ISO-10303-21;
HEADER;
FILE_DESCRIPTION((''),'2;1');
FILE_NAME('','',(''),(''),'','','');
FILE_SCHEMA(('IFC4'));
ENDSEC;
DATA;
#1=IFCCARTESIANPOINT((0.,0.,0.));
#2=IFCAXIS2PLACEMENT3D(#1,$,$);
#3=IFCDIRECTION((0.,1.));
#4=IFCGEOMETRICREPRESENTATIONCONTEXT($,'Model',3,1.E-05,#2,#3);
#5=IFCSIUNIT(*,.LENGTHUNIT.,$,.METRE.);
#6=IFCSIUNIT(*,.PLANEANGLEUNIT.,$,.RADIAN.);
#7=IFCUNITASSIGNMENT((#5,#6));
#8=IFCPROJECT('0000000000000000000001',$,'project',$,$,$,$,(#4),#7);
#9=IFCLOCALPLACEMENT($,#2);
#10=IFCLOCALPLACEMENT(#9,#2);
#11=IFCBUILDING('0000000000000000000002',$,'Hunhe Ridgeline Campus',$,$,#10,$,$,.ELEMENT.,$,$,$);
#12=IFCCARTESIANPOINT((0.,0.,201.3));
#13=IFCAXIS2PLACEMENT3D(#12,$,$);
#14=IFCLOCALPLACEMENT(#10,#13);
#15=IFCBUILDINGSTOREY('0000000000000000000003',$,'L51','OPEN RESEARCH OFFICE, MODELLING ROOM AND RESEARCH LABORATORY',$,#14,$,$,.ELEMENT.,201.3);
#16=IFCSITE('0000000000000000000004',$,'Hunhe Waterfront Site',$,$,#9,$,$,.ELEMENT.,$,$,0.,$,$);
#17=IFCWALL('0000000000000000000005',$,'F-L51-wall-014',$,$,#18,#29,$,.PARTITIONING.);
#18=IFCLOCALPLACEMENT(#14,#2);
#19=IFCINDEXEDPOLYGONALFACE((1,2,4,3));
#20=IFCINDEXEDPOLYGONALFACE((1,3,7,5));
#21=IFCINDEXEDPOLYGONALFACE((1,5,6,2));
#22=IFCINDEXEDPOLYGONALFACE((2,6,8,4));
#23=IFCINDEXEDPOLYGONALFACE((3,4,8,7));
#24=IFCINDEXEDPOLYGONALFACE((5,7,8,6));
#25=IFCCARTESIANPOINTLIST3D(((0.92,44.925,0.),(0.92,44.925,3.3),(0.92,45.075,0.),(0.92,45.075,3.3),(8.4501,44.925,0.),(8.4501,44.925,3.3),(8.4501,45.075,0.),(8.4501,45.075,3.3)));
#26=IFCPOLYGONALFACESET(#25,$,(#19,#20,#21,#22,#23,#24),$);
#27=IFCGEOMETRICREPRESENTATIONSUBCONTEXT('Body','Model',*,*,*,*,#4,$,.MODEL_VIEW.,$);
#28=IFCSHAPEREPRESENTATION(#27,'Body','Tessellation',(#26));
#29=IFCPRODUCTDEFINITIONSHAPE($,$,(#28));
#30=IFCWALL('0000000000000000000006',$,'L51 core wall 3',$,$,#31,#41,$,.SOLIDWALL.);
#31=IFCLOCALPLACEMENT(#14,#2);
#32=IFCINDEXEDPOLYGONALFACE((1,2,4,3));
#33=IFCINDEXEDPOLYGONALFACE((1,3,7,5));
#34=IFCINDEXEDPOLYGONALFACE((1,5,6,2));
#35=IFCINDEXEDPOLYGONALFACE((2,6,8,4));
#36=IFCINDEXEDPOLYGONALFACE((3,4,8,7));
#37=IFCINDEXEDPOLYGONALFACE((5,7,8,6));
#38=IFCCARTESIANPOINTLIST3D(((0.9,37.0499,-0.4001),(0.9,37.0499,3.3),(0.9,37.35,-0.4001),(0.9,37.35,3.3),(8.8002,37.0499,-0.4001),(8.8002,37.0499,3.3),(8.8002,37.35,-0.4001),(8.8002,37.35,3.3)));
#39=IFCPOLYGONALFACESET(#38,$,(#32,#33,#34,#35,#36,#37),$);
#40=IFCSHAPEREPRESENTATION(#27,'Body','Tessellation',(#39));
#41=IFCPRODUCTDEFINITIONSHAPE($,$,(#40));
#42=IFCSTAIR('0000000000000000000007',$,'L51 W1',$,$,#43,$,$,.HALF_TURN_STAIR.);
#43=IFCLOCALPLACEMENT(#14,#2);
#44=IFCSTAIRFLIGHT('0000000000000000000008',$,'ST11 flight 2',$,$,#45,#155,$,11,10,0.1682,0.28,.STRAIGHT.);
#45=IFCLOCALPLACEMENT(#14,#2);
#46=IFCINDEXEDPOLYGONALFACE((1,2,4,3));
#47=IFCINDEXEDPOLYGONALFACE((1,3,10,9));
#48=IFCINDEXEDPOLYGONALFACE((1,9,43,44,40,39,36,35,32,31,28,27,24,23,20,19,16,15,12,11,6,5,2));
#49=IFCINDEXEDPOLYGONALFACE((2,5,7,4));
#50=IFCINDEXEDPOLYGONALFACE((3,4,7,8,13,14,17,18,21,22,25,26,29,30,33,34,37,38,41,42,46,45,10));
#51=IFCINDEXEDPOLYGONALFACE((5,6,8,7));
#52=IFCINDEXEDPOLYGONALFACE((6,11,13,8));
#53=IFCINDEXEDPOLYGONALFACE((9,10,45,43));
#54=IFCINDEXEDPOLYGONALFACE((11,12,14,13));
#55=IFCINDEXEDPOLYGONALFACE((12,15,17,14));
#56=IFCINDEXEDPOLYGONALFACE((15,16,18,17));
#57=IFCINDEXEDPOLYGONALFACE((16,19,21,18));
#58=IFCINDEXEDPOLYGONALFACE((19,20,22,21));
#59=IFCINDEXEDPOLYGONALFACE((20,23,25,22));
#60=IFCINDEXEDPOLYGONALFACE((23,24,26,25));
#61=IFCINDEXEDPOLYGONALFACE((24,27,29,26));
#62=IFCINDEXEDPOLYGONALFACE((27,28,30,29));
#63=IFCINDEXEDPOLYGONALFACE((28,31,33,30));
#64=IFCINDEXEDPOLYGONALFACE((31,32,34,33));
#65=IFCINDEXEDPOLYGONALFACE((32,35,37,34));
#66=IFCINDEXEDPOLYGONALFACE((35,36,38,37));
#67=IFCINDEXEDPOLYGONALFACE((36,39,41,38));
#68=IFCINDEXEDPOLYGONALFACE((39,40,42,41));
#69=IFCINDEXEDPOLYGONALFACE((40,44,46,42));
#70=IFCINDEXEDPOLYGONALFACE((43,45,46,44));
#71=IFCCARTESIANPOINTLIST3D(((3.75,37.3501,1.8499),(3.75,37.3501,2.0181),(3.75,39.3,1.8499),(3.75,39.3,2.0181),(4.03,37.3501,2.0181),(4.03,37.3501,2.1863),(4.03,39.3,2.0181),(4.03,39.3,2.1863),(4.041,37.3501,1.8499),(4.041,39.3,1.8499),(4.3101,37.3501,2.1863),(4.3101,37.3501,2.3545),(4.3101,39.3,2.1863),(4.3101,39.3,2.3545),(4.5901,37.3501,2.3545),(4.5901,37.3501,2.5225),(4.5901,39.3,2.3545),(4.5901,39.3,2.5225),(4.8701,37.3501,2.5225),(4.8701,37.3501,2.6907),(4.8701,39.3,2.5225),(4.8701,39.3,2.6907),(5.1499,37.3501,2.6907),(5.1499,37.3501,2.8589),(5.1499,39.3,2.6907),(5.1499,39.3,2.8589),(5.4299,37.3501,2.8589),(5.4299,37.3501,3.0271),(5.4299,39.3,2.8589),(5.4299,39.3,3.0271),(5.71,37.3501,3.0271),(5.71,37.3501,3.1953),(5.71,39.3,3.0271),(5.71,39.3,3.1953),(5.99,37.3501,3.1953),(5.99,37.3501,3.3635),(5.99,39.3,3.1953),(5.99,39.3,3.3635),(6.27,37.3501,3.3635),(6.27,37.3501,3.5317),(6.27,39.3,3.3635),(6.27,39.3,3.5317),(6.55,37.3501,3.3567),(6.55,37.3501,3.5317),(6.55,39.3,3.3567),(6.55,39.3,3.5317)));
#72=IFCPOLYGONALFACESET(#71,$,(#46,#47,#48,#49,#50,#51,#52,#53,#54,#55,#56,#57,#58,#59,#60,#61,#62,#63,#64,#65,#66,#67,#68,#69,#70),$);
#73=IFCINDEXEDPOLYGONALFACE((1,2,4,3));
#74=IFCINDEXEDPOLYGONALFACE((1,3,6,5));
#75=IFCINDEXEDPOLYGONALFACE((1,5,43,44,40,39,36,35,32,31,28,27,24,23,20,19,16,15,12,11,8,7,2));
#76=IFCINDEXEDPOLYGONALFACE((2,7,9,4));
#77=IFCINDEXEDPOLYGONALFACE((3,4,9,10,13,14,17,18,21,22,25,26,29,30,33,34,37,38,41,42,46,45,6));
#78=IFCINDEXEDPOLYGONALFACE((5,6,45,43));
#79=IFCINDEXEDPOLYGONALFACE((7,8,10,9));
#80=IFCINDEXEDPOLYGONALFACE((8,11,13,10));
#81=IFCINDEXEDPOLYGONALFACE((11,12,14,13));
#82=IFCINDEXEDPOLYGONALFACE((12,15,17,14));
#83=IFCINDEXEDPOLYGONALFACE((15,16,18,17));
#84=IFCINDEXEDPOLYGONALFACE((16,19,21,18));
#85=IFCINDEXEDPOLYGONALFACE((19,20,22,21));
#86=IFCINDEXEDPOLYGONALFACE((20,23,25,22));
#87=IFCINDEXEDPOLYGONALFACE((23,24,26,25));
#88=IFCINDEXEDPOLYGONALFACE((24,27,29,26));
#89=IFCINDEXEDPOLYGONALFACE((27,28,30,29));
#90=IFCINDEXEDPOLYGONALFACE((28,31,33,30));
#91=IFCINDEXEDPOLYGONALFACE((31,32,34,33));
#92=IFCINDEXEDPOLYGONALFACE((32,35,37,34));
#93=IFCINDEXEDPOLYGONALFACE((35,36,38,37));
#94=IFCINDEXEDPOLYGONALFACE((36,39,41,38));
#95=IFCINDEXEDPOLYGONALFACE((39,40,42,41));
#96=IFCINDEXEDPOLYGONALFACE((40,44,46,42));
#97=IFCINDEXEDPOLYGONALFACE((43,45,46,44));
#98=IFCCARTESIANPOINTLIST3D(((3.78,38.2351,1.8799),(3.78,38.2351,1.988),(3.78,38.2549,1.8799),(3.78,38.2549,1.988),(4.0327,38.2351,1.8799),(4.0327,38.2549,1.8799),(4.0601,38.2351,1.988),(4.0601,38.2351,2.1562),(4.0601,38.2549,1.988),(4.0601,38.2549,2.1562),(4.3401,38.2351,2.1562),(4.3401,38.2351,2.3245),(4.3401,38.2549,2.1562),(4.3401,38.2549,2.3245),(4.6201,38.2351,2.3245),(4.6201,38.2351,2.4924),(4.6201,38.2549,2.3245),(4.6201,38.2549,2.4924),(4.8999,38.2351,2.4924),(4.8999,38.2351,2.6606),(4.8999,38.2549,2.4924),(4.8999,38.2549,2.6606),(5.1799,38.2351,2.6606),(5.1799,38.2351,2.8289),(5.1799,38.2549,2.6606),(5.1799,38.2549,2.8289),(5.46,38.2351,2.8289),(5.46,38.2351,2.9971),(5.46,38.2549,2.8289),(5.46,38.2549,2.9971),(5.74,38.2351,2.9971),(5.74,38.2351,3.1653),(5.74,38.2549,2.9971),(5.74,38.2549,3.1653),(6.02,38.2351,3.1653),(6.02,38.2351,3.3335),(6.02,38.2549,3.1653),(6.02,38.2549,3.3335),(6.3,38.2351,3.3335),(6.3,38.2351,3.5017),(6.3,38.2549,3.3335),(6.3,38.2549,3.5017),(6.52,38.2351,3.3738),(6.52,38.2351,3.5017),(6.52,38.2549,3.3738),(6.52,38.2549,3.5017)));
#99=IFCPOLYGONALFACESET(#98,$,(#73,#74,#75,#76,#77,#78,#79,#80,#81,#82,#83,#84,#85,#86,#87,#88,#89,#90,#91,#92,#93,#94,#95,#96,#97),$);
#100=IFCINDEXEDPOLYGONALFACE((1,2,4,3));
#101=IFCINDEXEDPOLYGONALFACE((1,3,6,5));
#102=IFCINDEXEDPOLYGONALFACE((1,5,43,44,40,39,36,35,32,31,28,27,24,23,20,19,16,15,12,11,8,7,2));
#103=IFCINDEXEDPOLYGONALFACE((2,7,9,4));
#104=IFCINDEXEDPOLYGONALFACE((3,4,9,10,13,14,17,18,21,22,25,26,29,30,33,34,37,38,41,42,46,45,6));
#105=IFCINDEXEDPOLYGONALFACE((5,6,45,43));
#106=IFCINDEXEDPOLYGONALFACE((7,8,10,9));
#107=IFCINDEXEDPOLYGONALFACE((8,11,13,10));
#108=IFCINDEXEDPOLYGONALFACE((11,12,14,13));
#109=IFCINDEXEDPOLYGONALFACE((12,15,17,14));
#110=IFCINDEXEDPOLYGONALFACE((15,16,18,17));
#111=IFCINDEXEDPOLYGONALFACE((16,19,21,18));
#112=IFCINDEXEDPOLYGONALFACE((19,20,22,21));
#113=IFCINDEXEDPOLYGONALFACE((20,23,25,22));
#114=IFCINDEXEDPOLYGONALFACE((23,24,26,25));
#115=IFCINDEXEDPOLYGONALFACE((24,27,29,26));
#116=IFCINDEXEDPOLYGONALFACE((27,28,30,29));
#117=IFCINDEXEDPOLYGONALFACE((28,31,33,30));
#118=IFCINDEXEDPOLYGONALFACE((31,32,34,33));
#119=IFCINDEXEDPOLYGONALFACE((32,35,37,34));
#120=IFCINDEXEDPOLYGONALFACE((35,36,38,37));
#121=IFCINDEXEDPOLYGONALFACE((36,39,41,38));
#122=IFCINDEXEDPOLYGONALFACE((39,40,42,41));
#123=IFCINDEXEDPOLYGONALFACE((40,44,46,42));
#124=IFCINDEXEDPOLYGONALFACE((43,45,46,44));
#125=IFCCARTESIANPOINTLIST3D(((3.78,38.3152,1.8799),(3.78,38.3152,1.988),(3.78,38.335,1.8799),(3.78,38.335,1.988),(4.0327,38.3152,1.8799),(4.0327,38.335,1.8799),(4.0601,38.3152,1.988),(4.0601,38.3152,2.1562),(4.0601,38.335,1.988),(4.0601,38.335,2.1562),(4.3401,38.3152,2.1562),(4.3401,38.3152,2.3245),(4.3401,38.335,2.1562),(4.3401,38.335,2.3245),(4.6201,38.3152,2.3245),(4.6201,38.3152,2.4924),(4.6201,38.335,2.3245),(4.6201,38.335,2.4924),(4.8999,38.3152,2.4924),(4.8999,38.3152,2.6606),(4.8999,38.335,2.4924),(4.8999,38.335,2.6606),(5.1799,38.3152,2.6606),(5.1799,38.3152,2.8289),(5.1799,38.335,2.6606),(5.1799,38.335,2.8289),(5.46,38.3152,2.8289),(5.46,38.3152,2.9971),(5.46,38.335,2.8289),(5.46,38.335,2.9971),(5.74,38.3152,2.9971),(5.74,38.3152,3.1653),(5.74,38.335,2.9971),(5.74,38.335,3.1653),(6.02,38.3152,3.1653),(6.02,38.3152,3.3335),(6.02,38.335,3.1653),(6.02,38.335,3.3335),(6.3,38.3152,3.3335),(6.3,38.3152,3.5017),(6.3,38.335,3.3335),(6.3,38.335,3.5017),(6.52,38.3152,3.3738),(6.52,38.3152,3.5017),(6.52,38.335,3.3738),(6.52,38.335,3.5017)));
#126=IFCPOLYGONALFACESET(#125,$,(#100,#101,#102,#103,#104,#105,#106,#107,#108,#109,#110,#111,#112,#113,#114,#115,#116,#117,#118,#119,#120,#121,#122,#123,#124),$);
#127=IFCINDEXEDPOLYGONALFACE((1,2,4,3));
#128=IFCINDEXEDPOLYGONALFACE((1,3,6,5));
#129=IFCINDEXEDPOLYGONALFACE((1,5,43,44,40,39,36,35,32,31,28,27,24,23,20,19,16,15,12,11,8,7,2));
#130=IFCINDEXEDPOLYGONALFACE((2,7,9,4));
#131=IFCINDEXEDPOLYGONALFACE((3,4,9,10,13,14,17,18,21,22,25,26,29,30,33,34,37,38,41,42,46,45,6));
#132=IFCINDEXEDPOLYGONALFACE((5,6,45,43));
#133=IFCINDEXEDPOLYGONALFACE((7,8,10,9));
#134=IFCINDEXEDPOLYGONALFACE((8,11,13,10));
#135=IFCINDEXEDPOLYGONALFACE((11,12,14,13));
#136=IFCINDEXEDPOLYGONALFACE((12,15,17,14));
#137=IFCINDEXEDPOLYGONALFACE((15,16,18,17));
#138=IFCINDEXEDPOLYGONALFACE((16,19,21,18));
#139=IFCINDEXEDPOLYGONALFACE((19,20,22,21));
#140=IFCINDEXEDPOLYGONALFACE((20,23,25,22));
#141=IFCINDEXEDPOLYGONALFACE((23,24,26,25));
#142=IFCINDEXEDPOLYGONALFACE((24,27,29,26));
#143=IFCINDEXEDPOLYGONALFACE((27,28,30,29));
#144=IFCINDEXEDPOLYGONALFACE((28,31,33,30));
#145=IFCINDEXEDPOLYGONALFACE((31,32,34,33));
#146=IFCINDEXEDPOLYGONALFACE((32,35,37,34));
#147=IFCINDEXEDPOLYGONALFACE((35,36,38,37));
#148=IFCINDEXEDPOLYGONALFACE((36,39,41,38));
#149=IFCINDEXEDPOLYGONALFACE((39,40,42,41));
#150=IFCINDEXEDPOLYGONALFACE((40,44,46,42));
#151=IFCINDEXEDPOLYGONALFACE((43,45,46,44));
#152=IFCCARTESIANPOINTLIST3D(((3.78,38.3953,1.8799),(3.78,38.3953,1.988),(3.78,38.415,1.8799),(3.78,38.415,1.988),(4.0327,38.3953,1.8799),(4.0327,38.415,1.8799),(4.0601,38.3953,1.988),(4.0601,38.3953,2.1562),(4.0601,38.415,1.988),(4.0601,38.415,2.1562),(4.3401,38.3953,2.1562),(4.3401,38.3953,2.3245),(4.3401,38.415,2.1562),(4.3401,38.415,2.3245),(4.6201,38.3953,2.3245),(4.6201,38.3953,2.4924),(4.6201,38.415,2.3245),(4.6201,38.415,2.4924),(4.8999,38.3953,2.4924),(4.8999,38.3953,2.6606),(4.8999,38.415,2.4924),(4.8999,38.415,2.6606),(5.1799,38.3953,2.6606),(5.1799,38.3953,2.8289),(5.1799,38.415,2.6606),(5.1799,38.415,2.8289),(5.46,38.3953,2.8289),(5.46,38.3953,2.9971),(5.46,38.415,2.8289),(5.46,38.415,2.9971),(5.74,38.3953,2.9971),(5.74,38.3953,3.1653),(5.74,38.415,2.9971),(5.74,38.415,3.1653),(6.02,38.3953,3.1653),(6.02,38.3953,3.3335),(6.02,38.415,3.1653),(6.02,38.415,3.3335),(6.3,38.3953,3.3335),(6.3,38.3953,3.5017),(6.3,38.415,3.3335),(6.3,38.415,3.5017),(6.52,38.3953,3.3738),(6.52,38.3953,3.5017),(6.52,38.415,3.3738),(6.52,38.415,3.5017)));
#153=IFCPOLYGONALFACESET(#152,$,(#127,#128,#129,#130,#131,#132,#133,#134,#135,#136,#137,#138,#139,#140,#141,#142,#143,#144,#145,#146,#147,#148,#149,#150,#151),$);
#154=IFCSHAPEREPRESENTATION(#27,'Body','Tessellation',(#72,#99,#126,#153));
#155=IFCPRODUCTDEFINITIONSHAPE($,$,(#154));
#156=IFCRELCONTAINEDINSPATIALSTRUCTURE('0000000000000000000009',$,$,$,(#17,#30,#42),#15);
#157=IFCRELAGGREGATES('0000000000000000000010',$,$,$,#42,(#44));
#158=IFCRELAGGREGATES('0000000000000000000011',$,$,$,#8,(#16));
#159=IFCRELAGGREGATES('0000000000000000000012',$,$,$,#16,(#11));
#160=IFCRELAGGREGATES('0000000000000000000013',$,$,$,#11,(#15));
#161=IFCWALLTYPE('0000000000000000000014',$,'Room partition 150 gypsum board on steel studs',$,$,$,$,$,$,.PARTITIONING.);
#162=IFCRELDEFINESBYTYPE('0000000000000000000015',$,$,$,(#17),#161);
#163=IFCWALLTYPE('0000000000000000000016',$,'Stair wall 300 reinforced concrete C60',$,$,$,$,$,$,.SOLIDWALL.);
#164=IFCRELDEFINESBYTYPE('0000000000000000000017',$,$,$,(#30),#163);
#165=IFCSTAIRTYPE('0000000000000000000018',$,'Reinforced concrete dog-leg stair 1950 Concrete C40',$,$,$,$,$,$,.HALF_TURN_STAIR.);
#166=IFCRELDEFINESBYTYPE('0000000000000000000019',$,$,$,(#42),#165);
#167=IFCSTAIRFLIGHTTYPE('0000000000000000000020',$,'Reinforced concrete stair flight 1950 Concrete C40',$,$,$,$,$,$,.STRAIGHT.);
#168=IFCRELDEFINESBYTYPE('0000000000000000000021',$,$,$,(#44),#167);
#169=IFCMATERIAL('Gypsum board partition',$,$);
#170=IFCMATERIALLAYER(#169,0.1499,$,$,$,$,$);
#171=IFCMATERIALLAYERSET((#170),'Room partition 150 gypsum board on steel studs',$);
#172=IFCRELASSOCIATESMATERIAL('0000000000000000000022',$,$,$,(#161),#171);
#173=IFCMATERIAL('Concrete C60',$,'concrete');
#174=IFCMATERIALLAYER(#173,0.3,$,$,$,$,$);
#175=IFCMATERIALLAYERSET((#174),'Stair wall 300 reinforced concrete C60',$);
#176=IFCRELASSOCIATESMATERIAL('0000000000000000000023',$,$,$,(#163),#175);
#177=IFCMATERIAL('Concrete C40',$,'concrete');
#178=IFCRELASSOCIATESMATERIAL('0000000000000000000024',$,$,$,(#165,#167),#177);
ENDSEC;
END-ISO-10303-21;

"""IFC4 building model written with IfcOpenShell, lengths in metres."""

from ifc_helpers import new_model, si_unit, direction, frame, frame_2d, origin, place, context, subcontext, project, spatial, polyline, rectangle, outline, extrude, material, layer, layer_set, type_object, element, aggregate, save


model = new_model("IFC4")

# Units and contexts
model_context = context("Model", 3, precision=1e-05, world=origin(), true_north=direction((0.0, 1.0)))
body_context = subcontext(model_context, "Body", "Model", "MODEL_VIEW")
ifc_project = project(units=[si_unit("LENGTHUNIT", "METRE"), si_unit("PLANEANGLEUNIT", "RADIAN")], contexts=[model_context])

# Site, building, storey
site_placement = place(None, origin())
site = spatial("IfcSite", under=ifc_project, at=site_placement, Name="Hunhe Waterfront Site", CompositionType="ELEMENT", RefElevation=0.0)
building_placement = place(site_placement, origin())
building = spatial("IfcBuilding", under=site, at=building_placement, Name="Hunhe Ridgeline Campus", CompositionType="ELEMENT")
storey_placement = place(building_placement, frame((0.0, 0.0, 201.3)))
storey = spatial("IfcBuildingStorey", under=building, at=storey_placement, Name="L51", Description="OPEN RESEARCH OFFICE, MODELLING ROOM AND RESEARCH LABORATORY", CompositionType="ELEMENT", Elevation=201.3)

# Shared definitions
ifc_material_1 = material(Name="Concrete C60", Category="concrete")

# Walls
ifc_material_2 = material(Name="Gypsum board partition")
ifc_layer_1 = layer(ifc_material_2, 0.1499)
ifc_layer_set_1 = layer_set([ifc_layer_1], Name="Room partition 150 gypsum board on steel studs")
wall_type_1 = type_object("IfcWallType", Name="Room partition 150 gypsum board on steel studs", PredefinedType="PARTITIONING", material=ifc_layer_set_1)
wall_1_placement = place(storey_placement, frame((0.9199, 45.0, 0.0), z_axis=(0.0, 0.0, 1.0), x_axis=(1.0, 0.0, 0.0)))
element("IfcWall", 1, at=wall_1_placement, inside=storey, type_object=wall_type_1, Name="F-L51-wall-014", PredefinedType="PARTITIONING", context=body_context, shape_type="SweptSolid", body=[
    extrude(rectangle(XDim=7.53, YDim=0.1499, at=frame_2d((3.7651, 0.0))), origin(), (0.0, 0.0, 1.0), 3.3),
])
ifc_layer_2 = layer(ifc_material_1, 0.3)
ifc_layer_set_2 = layer_set([ifc_layer_2], Name="Stair wall 300 reinforced concrete C60")
wall_type_2 = type_object("IfcWallType", Name="Stair wall 300 reinforced concrete C60", PredefinedType="SOLIDWALL", material=ifc_layer_set_2)
wall_2_placement = place(storey_placement, frame((0.8999, 37.2, -0.4001), z_axis=(0.0, 0.0, 1.0), x_axis=(1.0, 0.0, 0.0)))
element("IfcWall", 2, at=wall_2_placement, inside=storey, type_object=wall_type_2, Name="L51 core wall 3", PredefinedType="SOLIDWALL", context=body_context, shape_type="SweptSolid", body=[
    extrude(rectangle(XDim=7.9001, YDim=0.3, at=frame_2d((3.9502, 0.0))), origin(), (0.0, 0.0, 1.0), 3.7002),
])

# Stair, stair flight
ifc_material_3 = material(Name="Concrete C40", Category="concrete")
stair_type = type_object("IfcStairType", Name="Reinforced concrete dog-leg stair 1950 Concrete C40", PredefinedType="HALF_TURN_STAIR", material=ifc_material_3)
stair_placement = place(storey_placement, origin())
stair = element("IfcStair", 3, at=stair_placement, inside=storey, type_object=stair_type, Name="L51 W1", PredefinedType="HALF_TURN_STAIR")
stair_flight_type = type_object("IfcStairFlightType", Name="Reinforced concrete stair flight 1950 Concrete C40", PredefinedType="STRAIGHT", material=ifc_material_3)
stair_flight_placement = place(storey_placement, frame((3.75, 38.325, 1.8499), z_axis=(0.0, 0.0, 1.0), x_axis=(1.0, 0.0, 0.0)))
stair_flight = element("IfcStairFlight", 4, at=stair_flight_placement, type_object=stair_flight_type, Name="ST11 flight 2", NumberOfRisers=11, NumberOfTreads=10, PredefinedType="STRAIGHT", RiserHeight=0.1682, TreadLength=0.28, context=body_context, shape_type="SweptSolid", body=[
    extrude(outline(polyline([(0.0, 0.0), (0.0, 0.1682), (0.28, 0.1682), (0.28, 0.3364), (0.5601, 0.3364), (0.5601, 0.5046), (0.8401, 0.5046), (0.8401, 0.6726), (1.1201, 0.6726), (1.1201, 0.8408), (1.3999, 0.8408), (1.3999, 1.009), (1.6799, 1.009), (1.6799, 1.1772), (1.96, 1.1772), (1.96, 1.3455), (2.24, 1.3455), (2.24, 1.5137), (2.52, 1.5137), (2.52, 1.6819), (2.8, 1.6819), (2.8, 1.8501), (2.8, 1.5068), (0.291, 0.0), (0.0, 0.0)])), frame((0.0, 0.9751, 0.0), z_axis=(0.0, -1.0, 0.0), x_axis=(1.0, 0.0, 0.0)), (0.0, 0.0, 1.0), 1.95),
    extrude(outline(polyline([(0.03, 0.03), (0.03, 0.1382), (0.3101, 0.1382), (0.3101, 0.3064), (0.5901, 0.3064), (0.5901, 0.4746), (0.8701, 0.4746), (0.8701, 0.6426), (1.1499, 0.6426), (1.1499, 0.8108), (1.4299, 0.8108), (1.4299, 0.979), (1.71, 0.979), (1.71, 1.1472), (1.99, 1.1472), (1.99, 1.3154), (2.27, 1.3154), (2.27, 1.4836), (2.55, 1.4836), (2.55, 1.6519), (2.77, 1.6519), (2.77, 1.5239), (0.2827, 0.03), (0.03, 0.03)])), frame((0.0, -0.0701, 0.0), z_axis=(0.0, -1.0, 0.0), x_axis=(1.0, 0.0, 0.0)), (0.0, 0.0, 1.0), 0.0198),
    extrude(outline(polyline([(0.03, 0.03), (0.03, 0.1382), (0.3101, 0.1382), (0.3101, 0.3064), (0.5901, 0.3064), (0.5901, 0.4746), (0.8701, 0.4746), (0.8701, 0.6426), (1.1499, 0.6426), (1.1499, 0.8108), (1.4299, 0.8108), (1.4299, 0.979), (1.71, 0.979), (1.71, 1.1472), (1.99, 1.1472), (1.99, 1.3154), (2.27, 1.3154), (2.27, 1.4836), (2.55, 1.4836), (2.55, 1.6519), (2.77, 1.6519), (2.77, 1.5239), (0.2827, 0.03), (0.03, 0.03)])), frame((0.0, 0.01, 0.0), z_axis=(0.0, -1.0, 0.0), x_axis=(1.0, 0.0, 0.0)), (0.0, 0.0, 1.0), 0.0198),
    extrude(outline(polyline([(0.03, 0.03), (0.03, 0.1382), (0.3101, 0.1382), (0.3101, 0.3064), (0.5901, 0.3064), (0.5901, 0.4746), (0.8701, 0.4746), (0.8701, 0.6426), (1.1499, 0.6426), (1.1499, 0.8108), (1.4299, 0.8108), (1.4299, 0.979), (1.71, 0.979), (1.71, 1.1472), (1.99, 1.1472), (1.99, 1.3154), (2.27, 1.3154), (2.27, 1.4836), (2.55, 1.4836), (2.55, 1.6519), (2.77, 1.6519), (2.77, 1.5239), (0.2827, 0.03), (0.03, 0.03)])), frame((0.0, 0.0901, 0.0), z_axis=(0.0, -1.0, 0.0), x_axis=(1.0, 0.0, 0.0)), (0.0, 0.0, 1.0), 0.0198),
])
aggregate(stair, [stair_flight])

save(model, "model.ifc")
